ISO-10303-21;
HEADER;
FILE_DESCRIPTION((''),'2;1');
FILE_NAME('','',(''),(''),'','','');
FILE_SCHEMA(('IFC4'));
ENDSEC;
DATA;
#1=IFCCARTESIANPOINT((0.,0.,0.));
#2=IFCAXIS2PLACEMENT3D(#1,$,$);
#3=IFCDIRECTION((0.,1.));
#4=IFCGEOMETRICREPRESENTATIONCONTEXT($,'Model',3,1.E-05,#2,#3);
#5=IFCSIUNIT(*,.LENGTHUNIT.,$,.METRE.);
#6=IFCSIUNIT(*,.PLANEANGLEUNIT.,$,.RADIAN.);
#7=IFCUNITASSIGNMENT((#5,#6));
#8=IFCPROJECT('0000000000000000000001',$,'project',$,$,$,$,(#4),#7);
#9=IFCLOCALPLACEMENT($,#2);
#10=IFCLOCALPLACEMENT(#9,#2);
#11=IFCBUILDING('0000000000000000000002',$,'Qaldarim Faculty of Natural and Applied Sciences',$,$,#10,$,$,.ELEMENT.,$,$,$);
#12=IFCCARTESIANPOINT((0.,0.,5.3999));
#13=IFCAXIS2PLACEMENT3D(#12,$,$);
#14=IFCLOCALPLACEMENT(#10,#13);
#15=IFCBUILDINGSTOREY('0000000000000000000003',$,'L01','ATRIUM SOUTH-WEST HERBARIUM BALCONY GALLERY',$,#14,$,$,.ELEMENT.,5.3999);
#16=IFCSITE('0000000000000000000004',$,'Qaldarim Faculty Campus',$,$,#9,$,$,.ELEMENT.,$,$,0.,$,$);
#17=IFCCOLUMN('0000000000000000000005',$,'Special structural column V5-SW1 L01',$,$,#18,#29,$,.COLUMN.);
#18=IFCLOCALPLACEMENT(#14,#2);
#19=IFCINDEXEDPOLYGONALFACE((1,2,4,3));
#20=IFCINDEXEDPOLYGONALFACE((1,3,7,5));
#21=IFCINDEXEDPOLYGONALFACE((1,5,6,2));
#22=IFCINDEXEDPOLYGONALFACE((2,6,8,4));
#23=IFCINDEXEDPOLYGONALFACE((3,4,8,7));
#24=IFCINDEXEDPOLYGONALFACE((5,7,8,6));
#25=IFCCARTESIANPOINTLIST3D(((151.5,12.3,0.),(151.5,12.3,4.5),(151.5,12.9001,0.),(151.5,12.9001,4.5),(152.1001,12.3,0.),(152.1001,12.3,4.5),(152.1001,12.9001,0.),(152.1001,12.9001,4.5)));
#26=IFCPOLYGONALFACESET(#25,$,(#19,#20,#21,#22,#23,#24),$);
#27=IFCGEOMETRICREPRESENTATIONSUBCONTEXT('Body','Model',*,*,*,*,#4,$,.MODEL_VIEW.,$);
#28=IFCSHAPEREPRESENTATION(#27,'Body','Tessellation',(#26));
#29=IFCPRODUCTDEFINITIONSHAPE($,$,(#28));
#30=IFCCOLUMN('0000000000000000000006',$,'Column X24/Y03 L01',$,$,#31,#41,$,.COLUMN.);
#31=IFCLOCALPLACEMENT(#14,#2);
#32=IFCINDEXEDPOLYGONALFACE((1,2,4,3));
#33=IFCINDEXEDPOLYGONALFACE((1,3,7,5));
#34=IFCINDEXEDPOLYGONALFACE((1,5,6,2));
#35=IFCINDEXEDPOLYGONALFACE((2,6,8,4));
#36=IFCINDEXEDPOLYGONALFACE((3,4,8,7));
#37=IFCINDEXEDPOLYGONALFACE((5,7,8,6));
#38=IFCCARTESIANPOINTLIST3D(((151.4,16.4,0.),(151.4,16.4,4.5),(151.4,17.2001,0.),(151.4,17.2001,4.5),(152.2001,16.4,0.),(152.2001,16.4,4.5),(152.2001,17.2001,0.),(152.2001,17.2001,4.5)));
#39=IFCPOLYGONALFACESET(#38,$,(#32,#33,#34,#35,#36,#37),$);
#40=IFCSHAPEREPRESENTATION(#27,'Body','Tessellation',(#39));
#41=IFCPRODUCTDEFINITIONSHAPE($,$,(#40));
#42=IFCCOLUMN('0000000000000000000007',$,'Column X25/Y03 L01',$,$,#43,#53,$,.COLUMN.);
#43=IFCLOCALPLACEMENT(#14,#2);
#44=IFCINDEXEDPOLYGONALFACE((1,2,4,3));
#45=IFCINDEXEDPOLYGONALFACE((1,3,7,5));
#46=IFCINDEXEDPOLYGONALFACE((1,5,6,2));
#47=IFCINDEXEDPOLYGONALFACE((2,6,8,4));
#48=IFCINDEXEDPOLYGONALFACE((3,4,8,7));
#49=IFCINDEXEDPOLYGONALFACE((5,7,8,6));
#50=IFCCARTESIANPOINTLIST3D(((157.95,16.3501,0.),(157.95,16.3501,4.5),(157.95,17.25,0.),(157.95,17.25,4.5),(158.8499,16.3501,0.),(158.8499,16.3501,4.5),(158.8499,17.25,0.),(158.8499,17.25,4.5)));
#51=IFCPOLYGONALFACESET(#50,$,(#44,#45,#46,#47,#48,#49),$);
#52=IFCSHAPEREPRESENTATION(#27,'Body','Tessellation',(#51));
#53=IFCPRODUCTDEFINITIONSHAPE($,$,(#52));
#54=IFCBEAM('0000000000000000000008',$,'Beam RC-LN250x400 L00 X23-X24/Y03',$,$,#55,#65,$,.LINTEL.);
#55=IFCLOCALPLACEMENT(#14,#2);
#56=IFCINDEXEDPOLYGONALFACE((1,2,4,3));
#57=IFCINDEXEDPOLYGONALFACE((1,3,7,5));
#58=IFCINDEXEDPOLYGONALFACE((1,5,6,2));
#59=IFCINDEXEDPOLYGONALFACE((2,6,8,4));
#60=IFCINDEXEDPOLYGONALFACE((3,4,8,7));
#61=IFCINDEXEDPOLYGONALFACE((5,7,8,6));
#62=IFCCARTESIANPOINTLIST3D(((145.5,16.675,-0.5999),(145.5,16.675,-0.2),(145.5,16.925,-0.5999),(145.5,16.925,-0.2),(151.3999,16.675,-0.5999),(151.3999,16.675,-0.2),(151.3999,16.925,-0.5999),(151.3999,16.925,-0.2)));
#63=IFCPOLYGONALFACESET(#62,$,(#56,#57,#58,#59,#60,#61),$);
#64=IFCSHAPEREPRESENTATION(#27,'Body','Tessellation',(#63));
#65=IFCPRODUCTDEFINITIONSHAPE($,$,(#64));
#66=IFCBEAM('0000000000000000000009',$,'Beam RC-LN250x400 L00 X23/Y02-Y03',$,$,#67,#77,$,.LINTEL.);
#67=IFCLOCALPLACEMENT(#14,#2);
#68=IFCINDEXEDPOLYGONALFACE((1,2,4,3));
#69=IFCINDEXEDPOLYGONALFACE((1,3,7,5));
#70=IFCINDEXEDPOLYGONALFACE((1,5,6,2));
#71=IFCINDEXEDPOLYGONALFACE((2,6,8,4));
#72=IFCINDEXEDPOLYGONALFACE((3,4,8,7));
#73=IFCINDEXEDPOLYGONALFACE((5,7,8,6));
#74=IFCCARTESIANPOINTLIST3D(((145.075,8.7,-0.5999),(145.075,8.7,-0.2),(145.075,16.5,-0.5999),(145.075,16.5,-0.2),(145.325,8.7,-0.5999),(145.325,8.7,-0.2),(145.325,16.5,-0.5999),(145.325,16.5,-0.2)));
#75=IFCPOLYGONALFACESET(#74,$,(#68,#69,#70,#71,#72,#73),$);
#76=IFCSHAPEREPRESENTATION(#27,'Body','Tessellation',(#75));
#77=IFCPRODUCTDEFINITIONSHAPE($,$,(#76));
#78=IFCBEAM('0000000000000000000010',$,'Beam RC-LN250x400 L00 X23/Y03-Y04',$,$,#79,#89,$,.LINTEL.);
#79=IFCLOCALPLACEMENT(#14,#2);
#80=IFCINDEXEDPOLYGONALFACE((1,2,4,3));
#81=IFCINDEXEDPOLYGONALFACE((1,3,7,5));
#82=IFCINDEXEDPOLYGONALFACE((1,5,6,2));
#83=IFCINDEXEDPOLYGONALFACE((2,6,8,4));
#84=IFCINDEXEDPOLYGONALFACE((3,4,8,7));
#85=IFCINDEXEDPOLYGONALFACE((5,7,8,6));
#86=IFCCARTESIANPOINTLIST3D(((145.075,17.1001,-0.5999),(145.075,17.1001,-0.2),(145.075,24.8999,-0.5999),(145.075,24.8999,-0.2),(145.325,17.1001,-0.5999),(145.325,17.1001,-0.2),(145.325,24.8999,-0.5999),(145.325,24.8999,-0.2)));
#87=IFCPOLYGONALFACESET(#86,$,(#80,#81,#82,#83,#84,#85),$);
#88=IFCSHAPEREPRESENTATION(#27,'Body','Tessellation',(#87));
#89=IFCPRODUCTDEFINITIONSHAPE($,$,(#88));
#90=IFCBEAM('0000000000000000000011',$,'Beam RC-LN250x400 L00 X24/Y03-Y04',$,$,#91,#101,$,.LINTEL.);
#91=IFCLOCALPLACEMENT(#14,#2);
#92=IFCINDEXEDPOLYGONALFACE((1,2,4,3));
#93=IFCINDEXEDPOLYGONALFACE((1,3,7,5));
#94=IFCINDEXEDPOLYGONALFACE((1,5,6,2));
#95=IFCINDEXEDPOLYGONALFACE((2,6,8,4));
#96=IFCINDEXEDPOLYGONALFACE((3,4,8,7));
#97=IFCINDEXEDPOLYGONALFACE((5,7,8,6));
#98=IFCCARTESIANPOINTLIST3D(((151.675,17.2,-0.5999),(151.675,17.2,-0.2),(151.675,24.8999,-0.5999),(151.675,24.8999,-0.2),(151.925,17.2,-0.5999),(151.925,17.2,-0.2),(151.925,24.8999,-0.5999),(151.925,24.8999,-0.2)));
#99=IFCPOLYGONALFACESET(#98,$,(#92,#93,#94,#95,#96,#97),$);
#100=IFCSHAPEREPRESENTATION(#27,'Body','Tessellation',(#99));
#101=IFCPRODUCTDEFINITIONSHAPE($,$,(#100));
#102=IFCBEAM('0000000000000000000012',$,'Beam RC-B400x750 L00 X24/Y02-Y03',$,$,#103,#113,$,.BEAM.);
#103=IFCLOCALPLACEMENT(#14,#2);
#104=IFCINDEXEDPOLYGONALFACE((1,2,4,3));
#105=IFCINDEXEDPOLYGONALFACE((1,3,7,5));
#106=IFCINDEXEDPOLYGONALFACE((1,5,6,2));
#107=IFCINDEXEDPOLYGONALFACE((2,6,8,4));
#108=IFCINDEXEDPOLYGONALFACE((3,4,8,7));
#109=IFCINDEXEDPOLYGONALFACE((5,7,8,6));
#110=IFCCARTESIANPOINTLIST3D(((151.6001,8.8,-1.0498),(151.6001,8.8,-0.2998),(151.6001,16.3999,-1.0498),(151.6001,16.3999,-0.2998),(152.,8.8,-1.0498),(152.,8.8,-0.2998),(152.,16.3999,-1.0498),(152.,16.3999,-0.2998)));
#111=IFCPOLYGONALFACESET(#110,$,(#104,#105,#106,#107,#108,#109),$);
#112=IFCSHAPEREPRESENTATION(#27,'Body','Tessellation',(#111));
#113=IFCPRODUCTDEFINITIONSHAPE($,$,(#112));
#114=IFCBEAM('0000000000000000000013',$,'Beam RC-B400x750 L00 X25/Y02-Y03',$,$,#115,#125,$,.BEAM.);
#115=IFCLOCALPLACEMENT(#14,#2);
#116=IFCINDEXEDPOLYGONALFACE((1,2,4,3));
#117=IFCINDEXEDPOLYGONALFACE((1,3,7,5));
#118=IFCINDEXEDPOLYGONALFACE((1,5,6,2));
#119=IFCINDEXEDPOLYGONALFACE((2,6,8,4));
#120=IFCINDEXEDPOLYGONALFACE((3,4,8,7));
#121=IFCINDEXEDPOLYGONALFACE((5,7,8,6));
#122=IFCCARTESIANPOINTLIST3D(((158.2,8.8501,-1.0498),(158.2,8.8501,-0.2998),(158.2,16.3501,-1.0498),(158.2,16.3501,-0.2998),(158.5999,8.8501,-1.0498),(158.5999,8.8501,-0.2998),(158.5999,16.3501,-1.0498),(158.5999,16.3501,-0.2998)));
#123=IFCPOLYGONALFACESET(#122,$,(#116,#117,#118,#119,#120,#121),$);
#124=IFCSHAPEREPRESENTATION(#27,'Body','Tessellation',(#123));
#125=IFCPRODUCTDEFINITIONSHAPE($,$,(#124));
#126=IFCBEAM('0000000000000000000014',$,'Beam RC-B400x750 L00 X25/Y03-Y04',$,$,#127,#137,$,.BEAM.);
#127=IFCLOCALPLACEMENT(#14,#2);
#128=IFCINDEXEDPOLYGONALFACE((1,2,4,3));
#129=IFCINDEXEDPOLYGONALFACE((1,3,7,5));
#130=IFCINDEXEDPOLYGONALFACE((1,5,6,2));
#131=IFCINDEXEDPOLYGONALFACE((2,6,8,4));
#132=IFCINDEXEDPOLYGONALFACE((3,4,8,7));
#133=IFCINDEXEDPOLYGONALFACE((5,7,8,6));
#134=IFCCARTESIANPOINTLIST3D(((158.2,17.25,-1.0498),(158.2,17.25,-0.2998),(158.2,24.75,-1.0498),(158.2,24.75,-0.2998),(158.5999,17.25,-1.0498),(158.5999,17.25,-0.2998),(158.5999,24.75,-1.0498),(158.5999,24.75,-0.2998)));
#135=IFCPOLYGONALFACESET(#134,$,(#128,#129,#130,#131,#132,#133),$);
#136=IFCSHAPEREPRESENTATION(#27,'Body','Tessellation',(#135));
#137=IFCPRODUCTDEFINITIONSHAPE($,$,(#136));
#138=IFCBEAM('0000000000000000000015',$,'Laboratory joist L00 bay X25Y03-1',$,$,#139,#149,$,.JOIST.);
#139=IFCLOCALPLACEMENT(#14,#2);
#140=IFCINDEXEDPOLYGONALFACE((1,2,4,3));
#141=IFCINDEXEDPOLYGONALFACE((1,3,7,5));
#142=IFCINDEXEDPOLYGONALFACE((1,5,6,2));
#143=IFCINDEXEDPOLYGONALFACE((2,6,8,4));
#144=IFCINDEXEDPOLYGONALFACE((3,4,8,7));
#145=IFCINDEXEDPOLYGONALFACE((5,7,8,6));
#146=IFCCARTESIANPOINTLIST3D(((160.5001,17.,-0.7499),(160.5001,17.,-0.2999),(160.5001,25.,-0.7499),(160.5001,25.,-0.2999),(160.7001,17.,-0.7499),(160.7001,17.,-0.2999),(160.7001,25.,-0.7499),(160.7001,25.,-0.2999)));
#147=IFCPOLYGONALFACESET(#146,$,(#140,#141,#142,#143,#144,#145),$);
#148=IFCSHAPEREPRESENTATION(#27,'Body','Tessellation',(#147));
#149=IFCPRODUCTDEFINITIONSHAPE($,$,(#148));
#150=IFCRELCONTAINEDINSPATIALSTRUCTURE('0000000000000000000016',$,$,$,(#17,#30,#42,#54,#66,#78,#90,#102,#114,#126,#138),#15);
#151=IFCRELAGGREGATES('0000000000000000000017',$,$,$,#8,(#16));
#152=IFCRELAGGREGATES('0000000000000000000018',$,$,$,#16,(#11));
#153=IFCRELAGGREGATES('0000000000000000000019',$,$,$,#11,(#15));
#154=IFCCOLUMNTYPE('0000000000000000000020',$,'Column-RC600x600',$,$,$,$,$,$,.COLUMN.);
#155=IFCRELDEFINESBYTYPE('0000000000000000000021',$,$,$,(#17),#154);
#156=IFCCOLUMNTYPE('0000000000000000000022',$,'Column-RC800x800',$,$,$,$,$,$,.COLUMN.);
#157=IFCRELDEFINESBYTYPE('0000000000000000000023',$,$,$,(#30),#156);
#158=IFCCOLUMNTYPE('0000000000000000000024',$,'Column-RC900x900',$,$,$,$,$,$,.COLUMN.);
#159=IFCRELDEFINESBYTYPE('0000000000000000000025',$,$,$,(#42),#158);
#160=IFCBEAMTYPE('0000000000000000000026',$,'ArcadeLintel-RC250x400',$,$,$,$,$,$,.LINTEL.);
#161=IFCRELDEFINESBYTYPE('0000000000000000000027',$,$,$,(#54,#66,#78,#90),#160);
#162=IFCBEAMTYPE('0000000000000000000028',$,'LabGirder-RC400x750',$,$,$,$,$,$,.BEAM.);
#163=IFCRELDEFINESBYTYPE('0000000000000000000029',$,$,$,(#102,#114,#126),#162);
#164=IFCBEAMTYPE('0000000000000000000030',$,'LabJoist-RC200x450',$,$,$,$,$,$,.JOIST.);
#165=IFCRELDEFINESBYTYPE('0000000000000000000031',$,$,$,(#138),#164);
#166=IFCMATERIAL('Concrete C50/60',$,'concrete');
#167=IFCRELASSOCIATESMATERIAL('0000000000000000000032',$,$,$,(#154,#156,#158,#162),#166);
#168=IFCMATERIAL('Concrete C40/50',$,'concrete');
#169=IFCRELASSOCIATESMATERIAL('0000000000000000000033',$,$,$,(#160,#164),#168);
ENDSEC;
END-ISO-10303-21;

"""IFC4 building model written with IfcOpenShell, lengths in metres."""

from ifc_helpers import new_model, si_unit, direction, frame, origin, origin_2d, place, context, subcontext, project, spatial, rectangle, extrude, material, material_profile, profile_set, type_object, element, save


model = new_model("IFC4")

# Units and contexts
model_context = context("Model", 3, precision=1e-05, world=origin(), true_north=direction((0.0, 1.0)))
body_context = subcontext(model_context, "Body", "Model", "MODEL_VIEW")
ifc_project = project(units=[si_unit("LENGTHUNIT", "METRE"), si_unit("PLANEANGLEUNIT", "RADIAN")], contexts=[model_context])

# Site, building, storey
site_placement = place(None, origin())
site = spatial("IfcSite", under=ifc_project, at=site_placement, Name="Qaldarim Faculty Campus", CompositionType="ELEMENT", RefElevation=0.0)
building_placement = place(site_placement, origin())
building = spatial("IfcBuilding", under=site, at=building_placement, Name="Qaldarim Faculty of Natural and Applied Sciences", CompositionType="ELEMENT")
storey_placement = place(building_placement, frame((0.0, 0.0, 5.3999)))
storey = spatial("IfcBuildingStorey", under=building, at=storey_placement, Name="L01", Description="ATRIUM SOUTH-WEST HERBARIUM BALCONY GALLERY", CompositionType="ELEMENT", Elevation=5.3999)

# Columns
ifc_material_1 = material(Name="Concrete C50/60", Category="concrete")
ifc_material_profile_1 = material_profile(ifc_material_1, rectangle(XDim=0.6001, YDim=0.6001, at=origin_2d()), Name="RC-C600x600")
ifc_profile_set_1 = profile_set([ifc_material_profile_1], Name="Concrete C50/60")
column_type_1 = type_object("IfcColumnType", Name="Column-RC600x600", PredefinedType="COLUMN", material=ifc_profile_set_1)
column_1_placement = place(storey_placement, frame((151.8, 12.6001, 0.0), z_axis=(0.0, 0.0, 1.0), x_axis=(1.0, 0.0, 0.0)))
element("IfcColumn", 1, at=column_1_placement, inside=storey, type_object=column_type_1, Name="Special structural column V5-SW1 L01", PredefinedType="COLUMN", context=body_context, shape_type="SweptSolid", body=[
    extrude(rectangle(XDim=0.6001, YDim=0.6001, at=origin_2d()), origin(), (0.0, 0.0, 1.0), 4.5),
])
ifc_material_profile_2 = material_profile(ifc_material_1, rectangle(XDim=0.8, YDim=0.8, at=origin_2d()), Name="RC-C800x800")
ifc_profile_set_2 = profile_set([ifc_material_profile_2], Name="Concrete C50/60")
column_type_2 = type_object("IfcColumnType", Name="Column-RC800x800", PredefinedType="COLUMN", material=ifc_profile_set_2)
column_2_placement = place(storey_placement, frame((151.8, 16.8, 0.0), z_axis=(0.0, 0.0, 1.0), x_axis=(1.0, 0.0, 0.0)))
element("IfcColumn", 2, at=column_2_placement, inside=storey, type_object=column_type_2, Name="Column X24/Y03 L01", PredefinedType="COLUMN", context=body_context, shape_type="SweptSolid", body=[
    extrude(rectangle(XDim=0.8, YDim=0.8, at=origin_2d()), origin(), (0.0, 0.0, 1.0), 4.5),
])
ifc_material_profile_3 = material_profile(ifc_material_1, rectangle(XDim=0.8999, YDim=0.8999, at=origin_2d()), Name="RC-C900x900")
ifc_profile_set_3 = profile_set([ifc_material_profile_3], Name="Concrete C50/60")
column_type_3 = type_object("IfcColumnType", Name="Column-RC900x900", PredefinedType="COLUMN", material=ifc_profile_set_3)
column_3_placement = place(storey_placement, frame((158.3999, 16.8, 0.0), z_axis=(0.0, 0.0, 1.0), x_axis=(1.0, 0.0, 0.0)))
element("IfcColumn", 3, at=column_3_placement, inside=storey, type_object=column_type_3, Name="Column X25/Y03 L01", PredefinedType="COLUMN", context=body_context, shape_type="SweptSolid", body=[
    extrude(rectangle(XDim=0.8999, YDim=0.8999, at=origin_2d()), origin(), (0.0, 0.0, 1.0), 4.5),
])

# Beams
ifc_material_2 = material(Name="Concrete C40/50", Category="concrete")
ifc_material_profile_4 = material_profile(ifc_material_2, rectangle(XDim=0.25, YDim=0.3999, at=origin_2d()), Name="RC-LN250x400")
ifc_profile_set_4 = profile_set([ifc_material_profile_4], Name="Concrete C40/50")
beam_type_1 = type_object("IfcBeamType", Name="ArcadeLintel-RC250x400", PredefinedType="LINTEL", material=ifc_profile_set_4)
beam_1_placement = place(storey_placement, frame((145.5, 16.8, -0.3999), z_axis=(1.0, 0.0, 0.0), x_axis=(0.0, 1.0, 0.0)))
element("IfcBeam", 4, at=beam_1_placement, inside=storey, type_object=beam_type_1, Name="Beam RC-LN250x400 L00 X23-X24/Y03", PredefinedType="LINTEL", context=body_context, shape_type="SweptSolid", body=[
    extrude(rectangle(XDim=0.25, YDim=0.3999, at=origin_2d()), origin(), (0.0, 0.0, 1.0), 5.8999),
])
beam_2_placement = place(storey_placement, frame((145.2, 8.7, -0.3999), z_axis=(0.0, 1.0, 0.0), x_axis=(-1.0, 0.0, 0.0)))
element("IfcBeam", 5, at=beam_2_placement, inside=storey, type_object=beam_type_1, Name="Beam RC-LN250x400 L00 X23/Y02-Y03", PredefinedType="LINTEL", context=body_context, shape_type="SweptSolid", body=[
    extrude(rectangle(XDim=0.25, YDim=0.3999, at=origin_2d()), origin(), (0.0, 0.0, 1.0), 7.8),
])
beam_3_placement = place(storey_placement, frame((145.2, 17.1001, -0.3999), z_axis=(0.0, 1.0, 0.0), x_axis=(-1.0, 0.0, 0.0)))
element("IfcBeam", 6, at=beam_3_placement, inside=storey, type_object=beam_type_1, Name="Beam RC-LN250x400 L00 X23/Y03-Y04", PredefinedType="LINTEL", context=body_context, shape_type="SweptSolid", body=[
    extrude(rectangle(XDim=0.25, YDim=0.3999, at=origin_2d()), origin(), (0.0, 0.0, 1.0), 7.7998),
])
beam_4_placement = place(storey_placement, frame((151.8, 17.2, -0.3999), z_axis=(0.0, 1.0, 0.0), x_axis=(-1.0, 0.0, 0.0)))
element("IfcBeam", 7, at=beam_4_placement, inside=storey, type_object=beam_type_1, Name="Beam RC-LN250x400 L00 X24/Y03-Y04", PredefinedType="LINTEL", context=body_context, shape_type="SweptSolid", body=[
    extrude(rectangle(XDim=0.25, YDim=0.3999, at=origin_2d()), origin(), (0.0, 0.0, 1.0), 7.7),
])
ifc_material_profile_5 = material_profile(ifc_material_1, rectangle(XDim=0.3999, YDim=0.75, at=origin_2d()), Name="RC-B400x750")
ifc_profile_set_5 = profile_set([ifc_material_profile_5], Name="Concrete C50/60")
beam_type_2 = type_object("IfcBeamType", Name="LabGirder-RC400x750", PredefinedType="BEAM", material=ifc_profile_set_5)
beam_5_placement = place(storey_placement, frame((151.8, 8.8, -0.6748), z_axis=(0.0, 1.0, 0.0), x_axis=(-1.0, 0.0, 0.0)))
element("IfcBeam", 8, at=beam_5_placement, inside=storey, type_object=beam_type_2, Name="Beam RC-B400x750 L00 X24/Y02-Y03", PredefinedType="BEAM", context=body_context, shape_type="SweptSolid", body=[
    extrude(rectangle(XDim=0.3999, YDim=0.75, at=origin_2d()), origin(), (0.0, 0.0, 1.0), 7.5999),
])
for number, where, z_axis, x_axis, name in (
    (9, (158.3999, 8.8501, -0.6748), (0.0, 1.0, 0.0), (-1.0, 0.0, 0.0), "Beam RC-B400x750 L00 X25/Y02-Y03"),
    (10, (158.3999, 17.25, -0.6748), (0.0, 1.0, 0.0), (-1.0, 0.0, 0.0), "Beam RC-B400x750 L00 X25/Y03-Y04"),
):
    element("IfcBeam", number, at=place(storey_placement, frame(where, z_axis=z_axis, x_axis=x_axis)), inside=storey, type_object=beam_type_2, Name=name, PredefinedType="BEAM", context=body_context, shape_type="SweptSolid", body=[
        extrude(rectangle(XDim=0.3999, YDim=0.75, at=origin_2d()), origin(), (0.0, 0.0, 1.0), 7.5),
    ])
ifc_material_profile_6 = material_profile(ifc_material_2, rectangle(XDim=0.2, YDim=0.45, at=origin_2d()), Name="RC-J200x450")
ifc_profile_set_6 = profile_set([ifc_material_profile_6], Name="Concrete C40/50")
beam_type_3 = type_object("IfcBeamType", Name="LabJoist-RC200x450", PredefinedType="JOIST", material=ifc_profile_set_6)
beam_6_placement = place(storey_placement, frame((160.6001, 17.0, -0.5249), z_axis=(0.0, 1.0, 0.0), x_axis=(-1.0, 0.0, 0.0)))
element("IfcBeam", 11, at=beam_6_placement, inside=storey, type_object=beam_type_3, Name="Laboratory joist L00 bay X25Y03-1", PredefinedType="JOIST", context=body_context, shape_type="SweptSolid", body=[
    extrude(rectangle(XDim=0.2, YDim=0.45, at=origin_2d()), origin(), (0.0, 0.0, 1.0), 8.0),
])

save(model, "model.ifc")
